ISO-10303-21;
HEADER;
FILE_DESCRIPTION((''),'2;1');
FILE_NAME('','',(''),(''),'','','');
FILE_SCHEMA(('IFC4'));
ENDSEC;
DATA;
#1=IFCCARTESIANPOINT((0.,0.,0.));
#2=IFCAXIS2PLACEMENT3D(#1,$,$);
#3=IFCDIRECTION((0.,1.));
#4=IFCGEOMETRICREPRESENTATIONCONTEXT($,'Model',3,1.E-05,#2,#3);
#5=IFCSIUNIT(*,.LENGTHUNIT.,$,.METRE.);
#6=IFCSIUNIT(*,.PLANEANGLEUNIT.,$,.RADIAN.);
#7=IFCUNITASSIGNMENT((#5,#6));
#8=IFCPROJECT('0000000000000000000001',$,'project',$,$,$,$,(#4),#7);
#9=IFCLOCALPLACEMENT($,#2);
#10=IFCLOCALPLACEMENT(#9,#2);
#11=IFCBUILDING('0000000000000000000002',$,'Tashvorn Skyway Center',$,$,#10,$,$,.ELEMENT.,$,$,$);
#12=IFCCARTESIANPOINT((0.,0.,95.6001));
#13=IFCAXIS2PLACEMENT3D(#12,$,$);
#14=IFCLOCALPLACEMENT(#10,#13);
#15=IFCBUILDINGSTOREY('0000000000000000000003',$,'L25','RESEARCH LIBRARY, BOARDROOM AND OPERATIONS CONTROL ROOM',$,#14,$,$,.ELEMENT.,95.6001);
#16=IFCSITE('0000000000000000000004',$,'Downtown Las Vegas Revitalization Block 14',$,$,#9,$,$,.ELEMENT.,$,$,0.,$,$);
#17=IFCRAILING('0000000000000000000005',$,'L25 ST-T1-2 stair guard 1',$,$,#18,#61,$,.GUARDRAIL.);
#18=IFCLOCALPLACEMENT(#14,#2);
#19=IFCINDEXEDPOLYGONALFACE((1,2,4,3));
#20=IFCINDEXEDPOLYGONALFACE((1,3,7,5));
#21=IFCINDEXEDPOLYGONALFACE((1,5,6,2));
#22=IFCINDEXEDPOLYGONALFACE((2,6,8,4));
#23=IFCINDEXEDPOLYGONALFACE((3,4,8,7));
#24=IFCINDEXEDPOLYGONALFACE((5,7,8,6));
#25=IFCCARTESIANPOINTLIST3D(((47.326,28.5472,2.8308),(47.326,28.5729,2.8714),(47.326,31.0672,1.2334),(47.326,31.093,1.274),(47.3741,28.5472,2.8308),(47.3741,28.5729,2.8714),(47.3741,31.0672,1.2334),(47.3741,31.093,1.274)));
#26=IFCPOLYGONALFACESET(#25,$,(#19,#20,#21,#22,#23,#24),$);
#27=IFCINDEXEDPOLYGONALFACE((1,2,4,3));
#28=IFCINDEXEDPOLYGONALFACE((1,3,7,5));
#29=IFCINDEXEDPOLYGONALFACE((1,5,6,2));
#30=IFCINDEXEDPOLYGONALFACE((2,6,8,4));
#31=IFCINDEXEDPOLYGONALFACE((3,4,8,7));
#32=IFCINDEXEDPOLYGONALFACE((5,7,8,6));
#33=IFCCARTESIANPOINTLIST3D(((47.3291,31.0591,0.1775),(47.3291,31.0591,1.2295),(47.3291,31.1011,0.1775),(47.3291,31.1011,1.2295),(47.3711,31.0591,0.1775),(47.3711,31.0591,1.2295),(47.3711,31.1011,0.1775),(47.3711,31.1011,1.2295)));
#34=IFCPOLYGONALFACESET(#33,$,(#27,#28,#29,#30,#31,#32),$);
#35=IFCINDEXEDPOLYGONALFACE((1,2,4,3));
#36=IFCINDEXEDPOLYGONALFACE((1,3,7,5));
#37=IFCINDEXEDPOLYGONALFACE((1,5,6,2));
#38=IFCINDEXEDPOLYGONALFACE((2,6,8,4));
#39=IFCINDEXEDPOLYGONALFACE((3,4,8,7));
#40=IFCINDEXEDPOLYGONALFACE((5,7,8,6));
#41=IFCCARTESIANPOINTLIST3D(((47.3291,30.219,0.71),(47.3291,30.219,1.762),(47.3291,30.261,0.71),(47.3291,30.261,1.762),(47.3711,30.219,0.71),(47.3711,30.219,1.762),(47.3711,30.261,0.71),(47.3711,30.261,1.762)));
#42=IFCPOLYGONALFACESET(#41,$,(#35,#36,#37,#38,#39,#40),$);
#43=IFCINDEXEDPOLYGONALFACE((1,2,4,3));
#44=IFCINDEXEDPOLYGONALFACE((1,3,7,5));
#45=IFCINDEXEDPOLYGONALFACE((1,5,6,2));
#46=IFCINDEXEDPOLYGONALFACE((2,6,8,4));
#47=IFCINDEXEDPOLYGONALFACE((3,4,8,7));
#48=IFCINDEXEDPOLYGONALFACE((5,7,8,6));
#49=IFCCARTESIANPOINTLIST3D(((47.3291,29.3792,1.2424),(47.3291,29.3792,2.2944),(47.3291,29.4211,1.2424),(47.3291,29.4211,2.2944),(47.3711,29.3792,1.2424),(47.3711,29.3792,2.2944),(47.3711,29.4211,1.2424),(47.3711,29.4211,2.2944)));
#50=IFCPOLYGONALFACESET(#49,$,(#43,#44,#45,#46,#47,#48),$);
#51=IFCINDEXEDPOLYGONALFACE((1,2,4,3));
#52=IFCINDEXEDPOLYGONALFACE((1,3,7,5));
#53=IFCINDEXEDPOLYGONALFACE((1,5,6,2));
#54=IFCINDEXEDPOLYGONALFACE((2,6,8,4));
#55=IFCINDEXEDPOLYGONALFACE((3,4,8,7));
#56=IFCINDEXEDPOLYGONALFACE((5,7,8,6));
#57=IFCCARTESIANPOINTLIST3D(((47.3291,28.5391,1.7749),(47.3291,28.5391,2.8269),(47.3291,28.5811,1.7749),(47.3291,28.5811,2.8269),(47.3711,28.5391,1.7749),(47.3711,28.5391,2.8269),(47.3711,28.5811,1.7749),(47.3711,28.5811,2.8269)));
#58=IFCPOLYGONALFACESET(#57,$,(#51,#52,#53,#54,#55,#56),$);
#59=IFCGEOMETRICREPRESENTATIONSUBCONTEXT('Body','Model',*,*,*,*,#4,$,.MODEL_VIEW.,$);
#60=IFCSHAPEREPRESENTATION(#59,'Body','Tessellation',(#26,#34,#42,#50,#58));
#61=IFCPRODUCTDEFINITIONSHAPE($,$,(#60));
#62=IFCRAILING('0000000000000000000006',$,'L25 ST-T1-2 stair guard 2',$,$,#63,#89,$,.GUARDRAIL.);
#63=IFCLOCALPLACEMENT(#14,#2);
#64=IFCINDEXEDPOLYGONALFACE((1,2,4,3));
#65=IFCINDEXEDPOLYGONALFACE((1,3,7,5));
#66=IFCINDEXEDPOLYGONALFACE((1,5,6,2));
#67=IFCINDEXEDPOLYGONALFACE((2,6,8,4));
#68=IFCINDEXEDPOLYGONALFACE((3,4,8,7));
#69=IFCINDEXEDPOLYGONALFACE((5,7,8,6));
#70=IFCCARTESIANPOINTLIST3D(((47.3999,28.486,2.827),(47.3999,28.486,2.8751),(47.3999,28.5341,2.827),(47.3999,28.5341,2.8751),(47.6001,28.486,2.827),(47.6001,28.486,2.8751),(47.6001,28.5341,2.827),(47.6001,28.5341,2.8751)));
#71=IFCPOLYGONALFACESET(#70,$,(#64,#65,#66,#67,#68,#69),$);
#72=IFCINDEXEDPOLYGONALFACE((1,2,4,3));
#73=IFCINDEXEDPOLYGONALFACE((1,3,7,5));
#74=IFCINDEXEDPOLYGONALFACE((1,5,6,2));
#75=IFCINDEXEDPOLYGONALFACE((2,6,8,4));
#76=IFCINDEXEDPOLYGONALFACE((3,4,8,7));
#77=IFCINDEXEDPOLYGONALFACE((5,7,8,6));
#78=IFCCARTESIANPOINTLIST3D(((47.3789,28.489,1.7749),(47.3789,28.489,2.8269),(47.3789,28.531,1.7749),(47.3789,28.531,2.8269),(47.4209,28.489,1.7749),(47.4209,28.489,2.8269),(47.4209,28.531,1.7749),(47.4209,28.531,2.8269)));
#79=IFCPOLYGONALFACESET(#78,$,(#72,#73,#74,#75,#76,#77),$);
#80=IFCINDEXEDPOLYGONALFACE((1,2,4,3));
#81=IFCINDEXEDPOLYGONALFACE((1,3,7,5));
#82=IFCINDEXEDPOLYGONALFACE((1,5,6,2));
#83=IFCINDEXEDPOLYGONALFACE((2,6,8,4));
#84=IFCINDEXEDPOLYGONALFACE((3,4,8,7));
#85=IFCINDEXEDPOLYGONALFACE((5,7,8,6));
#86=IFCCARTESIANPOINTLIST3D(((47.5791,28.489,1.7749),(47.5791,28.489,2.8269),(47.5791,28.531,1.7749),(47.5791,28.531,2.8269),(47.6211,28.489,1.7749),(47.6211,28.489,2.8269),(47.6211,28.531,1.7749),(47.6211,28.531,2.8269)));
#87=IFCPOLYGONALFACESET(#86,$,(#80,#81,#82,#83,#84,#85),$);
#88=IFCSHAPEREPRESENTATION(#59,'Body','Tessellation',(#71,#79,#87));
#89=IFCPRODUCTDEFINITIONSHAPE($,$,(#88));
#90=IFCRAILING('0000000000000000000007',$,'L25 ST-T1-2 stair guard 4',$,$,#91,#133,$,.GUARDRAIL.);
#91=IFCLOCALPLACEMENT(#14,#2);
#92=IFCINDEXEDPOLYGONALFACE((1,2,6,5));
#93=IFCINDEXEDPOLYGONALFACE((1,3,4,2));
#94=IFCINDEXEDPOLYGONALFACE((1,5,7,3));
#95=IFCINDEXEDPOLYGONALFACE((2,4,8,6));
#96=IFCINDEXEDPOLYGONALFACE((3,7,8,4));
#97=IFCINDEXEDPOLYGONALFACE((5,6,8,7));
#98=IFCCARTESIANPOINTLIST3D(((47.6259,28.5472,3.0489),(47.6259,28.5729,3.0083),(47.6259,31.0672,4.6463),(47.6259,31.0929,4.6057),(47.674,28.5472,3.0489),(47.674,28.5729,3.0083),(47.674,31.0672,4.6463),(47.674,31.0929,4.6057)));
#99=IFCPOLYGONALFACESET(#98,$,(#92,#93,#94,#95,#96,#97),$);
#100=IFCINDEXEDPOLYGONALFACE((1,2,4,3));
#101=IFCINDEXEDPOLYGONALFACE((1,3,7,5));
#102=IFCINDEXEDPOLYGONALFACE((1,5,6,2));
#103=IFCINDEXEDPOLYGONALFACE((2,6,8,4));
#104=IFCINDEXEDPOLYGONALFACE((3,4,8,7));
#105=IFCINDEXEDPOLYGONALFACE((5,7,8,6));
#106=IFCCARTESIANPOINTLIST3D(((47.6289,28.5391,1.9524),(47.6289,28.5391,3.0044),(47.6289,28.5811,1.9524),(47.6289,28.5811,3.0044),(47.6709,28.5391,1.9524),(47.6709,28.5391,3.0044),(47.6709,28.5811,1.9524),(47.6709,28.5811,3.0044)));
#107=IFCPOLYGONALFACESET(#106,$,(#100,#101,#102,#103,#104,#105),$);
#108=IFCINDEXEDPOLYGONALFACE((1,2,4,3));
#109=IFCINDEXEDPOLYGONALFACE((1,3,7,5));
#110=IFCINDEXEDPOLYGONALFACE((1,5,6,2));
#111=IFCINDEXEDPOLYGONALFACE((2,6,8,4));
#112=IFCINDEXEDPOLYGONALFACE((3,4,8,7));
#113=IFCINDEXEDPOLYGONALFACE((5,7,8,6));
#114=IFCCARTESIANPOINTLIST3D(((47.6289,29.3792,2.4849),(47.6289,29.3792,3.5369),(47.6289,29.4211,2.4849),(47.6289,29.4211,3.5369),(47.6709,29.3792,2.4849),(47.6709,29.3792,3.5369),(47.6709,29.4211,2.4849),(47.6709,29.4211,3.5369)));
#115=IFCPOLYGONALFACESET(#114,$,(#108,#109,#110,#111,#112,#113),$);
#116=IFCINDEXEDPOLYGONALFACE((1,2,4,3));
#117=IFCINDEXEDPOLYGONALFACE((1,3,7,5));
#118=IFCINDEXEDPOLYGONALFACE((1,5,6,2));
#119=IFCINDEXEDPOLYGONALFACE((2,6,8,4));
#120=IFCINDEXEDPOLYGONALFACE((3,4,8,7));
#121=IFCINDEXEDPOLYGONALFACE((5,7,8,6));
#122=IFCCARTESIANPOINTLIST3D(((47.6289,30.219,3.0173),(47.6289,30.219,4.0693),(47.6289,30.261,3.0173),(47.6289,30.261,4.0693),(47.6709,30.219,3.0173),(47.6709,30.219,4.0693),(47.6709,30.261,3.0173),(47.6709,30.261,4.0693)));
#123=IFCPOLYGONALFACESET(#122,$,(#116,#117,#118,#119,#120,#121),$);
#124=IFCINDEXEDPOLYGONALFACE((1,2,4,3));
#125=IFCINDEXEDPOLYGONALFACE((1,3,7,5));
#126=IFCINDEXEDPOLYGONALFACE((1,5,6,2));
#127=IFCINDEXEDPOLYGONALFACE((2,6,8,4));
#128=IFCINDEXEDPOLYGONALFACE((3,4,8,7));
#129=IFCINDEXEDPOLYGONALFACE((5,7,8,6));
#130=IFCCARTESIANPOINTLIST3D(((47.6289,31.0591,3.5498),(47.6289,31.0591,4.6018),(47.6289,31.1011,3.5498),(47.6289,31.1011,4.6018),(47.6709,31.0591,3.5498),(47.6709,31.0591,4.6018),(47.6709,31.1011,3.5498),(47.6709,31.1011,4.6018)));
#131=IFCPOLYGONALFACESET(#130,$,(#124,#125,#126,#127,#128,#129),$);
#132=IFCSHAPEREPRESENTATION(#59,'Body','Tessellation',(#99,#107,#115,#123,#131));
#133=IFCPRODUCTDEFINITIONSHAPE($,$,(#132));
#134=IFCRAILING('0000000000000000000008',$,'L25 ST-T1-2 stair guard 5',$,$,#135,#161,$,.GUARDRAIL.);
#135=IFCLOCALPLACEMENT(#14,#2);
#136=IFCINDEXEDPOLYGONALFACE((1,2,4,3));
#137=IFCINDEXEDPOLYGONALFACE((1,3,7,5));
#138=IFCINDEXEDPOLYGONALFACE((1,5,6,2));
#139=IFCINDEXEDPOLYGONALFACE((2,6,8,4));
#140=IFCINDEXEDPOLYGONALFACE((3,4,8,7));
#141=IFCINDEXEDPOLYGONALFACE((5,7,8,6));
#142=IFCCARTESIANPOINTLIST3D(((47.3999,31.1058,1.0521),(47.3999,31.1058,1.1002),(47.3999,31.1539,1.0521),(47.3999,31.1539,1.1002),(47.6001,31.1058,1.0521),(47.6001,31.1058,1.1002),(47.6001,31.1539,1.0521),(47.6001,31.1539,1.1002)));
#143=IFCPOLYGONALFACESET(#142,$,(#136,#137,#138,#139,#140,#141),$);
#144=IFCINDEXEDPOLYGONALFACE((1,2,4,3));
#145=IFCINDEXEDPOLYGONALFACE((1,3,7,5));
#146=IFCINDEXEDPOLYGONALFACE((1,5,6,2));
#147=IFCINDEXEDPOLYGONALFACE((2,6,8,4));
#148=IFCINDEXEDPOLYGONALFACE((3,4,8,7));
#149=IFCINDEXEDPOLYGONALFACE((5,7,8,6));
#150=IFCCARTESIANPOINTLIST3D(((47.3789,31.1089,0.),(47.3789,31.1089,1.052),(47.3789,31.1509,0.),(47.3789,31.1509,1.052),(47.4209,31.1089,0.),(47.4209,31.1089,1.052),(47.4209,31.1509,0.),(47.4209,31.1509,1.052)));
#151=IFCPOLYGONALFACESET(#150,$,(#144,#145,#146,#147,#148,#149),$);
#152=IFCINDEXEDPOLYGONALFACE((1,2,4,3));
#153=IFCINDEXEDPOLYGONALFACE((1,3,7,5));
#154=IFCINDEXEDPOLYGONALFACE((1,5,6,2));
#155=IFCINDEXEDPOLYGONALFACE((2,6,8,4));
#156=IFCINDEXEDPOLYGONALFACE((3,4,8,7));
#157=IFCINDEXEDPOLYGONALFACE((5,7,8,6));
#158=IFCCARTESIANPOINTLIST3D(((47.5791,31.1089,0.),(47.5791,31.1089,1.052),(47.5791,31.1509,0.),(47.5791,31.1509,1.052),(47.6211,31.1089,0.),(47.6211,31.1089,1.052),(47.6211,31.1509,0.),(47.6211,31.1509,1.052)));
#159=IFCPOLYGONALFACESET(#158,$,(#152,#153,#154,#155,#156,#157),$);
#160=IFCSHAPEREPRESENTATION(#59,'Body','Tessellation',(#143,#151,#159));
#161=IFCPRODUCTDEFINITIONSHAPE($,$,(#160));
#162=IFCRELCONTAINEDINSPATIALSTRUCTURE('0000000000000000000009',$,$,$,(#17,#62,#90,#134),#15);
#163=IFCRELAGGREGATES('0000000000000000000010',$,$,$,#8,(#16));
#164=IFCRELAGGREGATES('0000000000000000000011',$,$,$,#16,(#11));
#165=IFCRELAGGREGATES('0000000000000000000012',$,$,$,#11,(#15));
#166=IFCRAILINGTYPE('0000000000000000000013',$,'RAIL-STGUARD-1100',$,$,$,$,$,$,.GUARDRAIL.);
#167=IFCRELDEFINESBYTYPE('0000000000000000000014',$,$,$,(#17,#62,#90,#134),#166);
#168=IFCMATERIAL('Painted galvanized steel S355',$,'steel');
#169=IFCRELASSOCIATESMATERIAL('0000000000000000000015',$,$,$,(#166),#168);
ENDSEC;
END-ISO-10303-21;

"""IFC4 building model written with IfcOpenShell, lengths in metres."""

from ifc_helpers import new_model, si_unit, direction, frame, origin, origin_2d, place, context, subcontext, project, spatial, rectangle, extrude, material, type_object, element, save


model = new_model("IFC4")

# Units and contexts
model_context = context("Model", 3, precision=1e-05, world=origin(), true_north=direction((0.0, 1.0)))
body_context = subcontext(model_context, "Body", "Model", "MODEL_VIEW")
ifc_project = project(units=[si_unit("LENGTHUNIT", "METRE"), si_unit("PLANEANGLEUNIT", "RADIAN")], contexts=[model_context])

# Site, building, storey
site_placement = place(None, origin())
site = spatial("IfcSite", under=ifc_project, at=site_placement, Name="Downtown Las Vegas Revitalization Block 14", CompositionType="ELEMENT", RefElevation=0.0)
building_placement = place(site_placement, origin())
building = spatial("IfcBuilding", under=site, at=building_placement, Name="Tashvorn Skyway Center", CompositionType="ELEMENT")
storey_placement = place(building_placement, frame((0.0, 0.0, 95.6001)))
storey = spatial("IfcBuildingStorey", under=building, at=storey_placement, Name="L25", Description="RESEARCH LIBRARY, BOARDROOM AND OPERATIONS CONTROL ROOM", CompositionType="ELEMENT", Elevation=95.6001)

# Railings
ifc_material_1 = material(Name="Painted galvanized steel S355", Category="steel")
railing_type_1 = type_object("IfcRailingType", Name="RAIL-STGUARD-1100", PredefinedType="GUARDRAIL", material=ifc_material_1)
railing_1_placement = place(storey_placement, frame((47.3501, 31.0801, 0.1775)))
element("IfcRailing", 1, at=railing_1_placement, inside=storey, type_object=railing_type_1, Name="L25 ST-T1-2 stair guard 1", PredefinedType="GUARDRAIL", context=body_context, shape_type="SweptSolid", body=[
    extrude(rectangle(XDim=0.0481, YDim=0.0481, at=origin_2d()), frame((0.0, 0.0, 1.0762), z_axis=(0.0, -0.844607, 0.535387), x_axis=(1.0, 0.0, 0.0)), (0.0, 0.0, 1.0), 2.9836),
    extrude(rectangle(XDim=0.042, YDim=0.042, at=origin_2d()), origin(), (0.0, 0.0, 1.0), 1.052),
    extrude(rectangle(XDim=0.042, YDim=0.042, at=origin_2d()), frame((0.0, -0.8401, 0.5325)), (0.0, 0.0, 1.0), 1.052),
    extrude(rectangle(XDim=0.042, YDim=0.042, at=origin_2d()), frame((0.0, -1.6799, 1.0649)), (0.0, 0.0, 1.0), 1.052),
    extrude(rectangle(XDim=0.042, YDim=0.042, at=origin_2d()), frame((0.0, -2.52, 1.5974)), (0.0, 0.0, 1.0), 1.052),
])
railing_2_placement = place(storey_placement, frame((47.3999, 28.51, 1.7749)))
element("IfcRailing", 2, at=railing_2_placement, inside=storey, type_object=railing_type_1, Name="L25 ST-T1-2 stair guard 2", PredefinedType="GUARDRAIL", context=body_context, shape_type="SweptSolid", body=[
    extrude(rectangle(XDim=0.0481, YDim=0.0481, at=origin_2d()), frame((0.0, 0.0, 1.0762), z_axis=(1.0, 0.0, 0.0), x_axis=(0.0, 1.0, 0.0)), (0.0, 0.0, 1.0), 0.2002),
    extrude(rectangle(XDim=0.042, YDim=0.042, at=origin_2d()), origin(), (0.0, 0.0, 1.0), 1.052),
    extrude(rectangle(XDim=0.042, YDim=0.042, at=origin_2d()), frame((0.2002, 0.0, 0.0)), (0.0, 0.0, 1.0), 1.052),
])
railing_3_placement = place(storey_placement, frame((47.6499, 28.5601, 1.9524)))
element("IfcRailing", 3, at=railing_3_placement, inside=storey, type_object=railing_type_1, Name="L25 ST-T1-2 stair guard 4", PredefinedType="GUARDRAIL", context=body_context, shape_type="SweptSolid", body=[
    extrude(rectangle(XDim=0.0481, YDim=0.0481, at=origin_2d()), frame((0.0, 0.0, 1.0762), z_axis=(0.0, 0.844607, 0.535387), x_axis=(-1.0, 0.0, 0.0)), (0.0, 0.0, 1.0), 2.9836),
    extrude(rectangle(XDim=0.042, YDim=0.042, at=origin_2d()), origin(), (0.0, 0.0, 1.0), 1.052),
    extrude(rectangle(XDim=0.042, YDim=0.042, at=origin_2d()), frame((0.0, 0.8401, 0.5325)), (0.0, 0.0, 1.0), 1.052),
    extrude(rectangle(XDim=0.042, YDim=0.042, at=origin_2d()), frame((0.0, 1.6799, 1.0649)), (0.0, 0.0, 1.0), 1.052),
    extrude(rectangle(XDim=0.042, YDim=0.042, at=origin_2d()), frame((0.0, 2.52, 1.5974)), (0.0, 0.0, 1.0), 1.052),
])
railing_4_placement = place(storey_placement, frame((47.3999, 31.1299, 0.0)))
element("IfcRailing", 4, at=railing_4_placement, inside=storey, type_object=railing_type_1, Name="L25 ST-T1-2 stair guard 5", PredefinedType="GUARDRAIL", context=body_context, shape_type="SweptSolid", body=[
    extrude(rectangle(XDim=0.0481, YDim=0.0481, at=origin_2d()), frame((0.0, 0.0, 1.0762), z_axis=(1.0, 0.0, 0.0), x_axis=(0.0, 1.0, 0.0)), (0.0, 0.0, 1.0), 0.2002),
    extrude(rectangle(XDim=0.042, YDim=0.042, at=origin_2d()), origin(), (0.0, 0.0, 1.0), 1.052),
    extrude(rectangle(XDim=0.042, YDim=0.042, at=origin_2d()), frame((0.2002, 0.0, 0.0)), (0.0, 0.0, 1.0), 1.052),
])

save(model, "model.ifc")
